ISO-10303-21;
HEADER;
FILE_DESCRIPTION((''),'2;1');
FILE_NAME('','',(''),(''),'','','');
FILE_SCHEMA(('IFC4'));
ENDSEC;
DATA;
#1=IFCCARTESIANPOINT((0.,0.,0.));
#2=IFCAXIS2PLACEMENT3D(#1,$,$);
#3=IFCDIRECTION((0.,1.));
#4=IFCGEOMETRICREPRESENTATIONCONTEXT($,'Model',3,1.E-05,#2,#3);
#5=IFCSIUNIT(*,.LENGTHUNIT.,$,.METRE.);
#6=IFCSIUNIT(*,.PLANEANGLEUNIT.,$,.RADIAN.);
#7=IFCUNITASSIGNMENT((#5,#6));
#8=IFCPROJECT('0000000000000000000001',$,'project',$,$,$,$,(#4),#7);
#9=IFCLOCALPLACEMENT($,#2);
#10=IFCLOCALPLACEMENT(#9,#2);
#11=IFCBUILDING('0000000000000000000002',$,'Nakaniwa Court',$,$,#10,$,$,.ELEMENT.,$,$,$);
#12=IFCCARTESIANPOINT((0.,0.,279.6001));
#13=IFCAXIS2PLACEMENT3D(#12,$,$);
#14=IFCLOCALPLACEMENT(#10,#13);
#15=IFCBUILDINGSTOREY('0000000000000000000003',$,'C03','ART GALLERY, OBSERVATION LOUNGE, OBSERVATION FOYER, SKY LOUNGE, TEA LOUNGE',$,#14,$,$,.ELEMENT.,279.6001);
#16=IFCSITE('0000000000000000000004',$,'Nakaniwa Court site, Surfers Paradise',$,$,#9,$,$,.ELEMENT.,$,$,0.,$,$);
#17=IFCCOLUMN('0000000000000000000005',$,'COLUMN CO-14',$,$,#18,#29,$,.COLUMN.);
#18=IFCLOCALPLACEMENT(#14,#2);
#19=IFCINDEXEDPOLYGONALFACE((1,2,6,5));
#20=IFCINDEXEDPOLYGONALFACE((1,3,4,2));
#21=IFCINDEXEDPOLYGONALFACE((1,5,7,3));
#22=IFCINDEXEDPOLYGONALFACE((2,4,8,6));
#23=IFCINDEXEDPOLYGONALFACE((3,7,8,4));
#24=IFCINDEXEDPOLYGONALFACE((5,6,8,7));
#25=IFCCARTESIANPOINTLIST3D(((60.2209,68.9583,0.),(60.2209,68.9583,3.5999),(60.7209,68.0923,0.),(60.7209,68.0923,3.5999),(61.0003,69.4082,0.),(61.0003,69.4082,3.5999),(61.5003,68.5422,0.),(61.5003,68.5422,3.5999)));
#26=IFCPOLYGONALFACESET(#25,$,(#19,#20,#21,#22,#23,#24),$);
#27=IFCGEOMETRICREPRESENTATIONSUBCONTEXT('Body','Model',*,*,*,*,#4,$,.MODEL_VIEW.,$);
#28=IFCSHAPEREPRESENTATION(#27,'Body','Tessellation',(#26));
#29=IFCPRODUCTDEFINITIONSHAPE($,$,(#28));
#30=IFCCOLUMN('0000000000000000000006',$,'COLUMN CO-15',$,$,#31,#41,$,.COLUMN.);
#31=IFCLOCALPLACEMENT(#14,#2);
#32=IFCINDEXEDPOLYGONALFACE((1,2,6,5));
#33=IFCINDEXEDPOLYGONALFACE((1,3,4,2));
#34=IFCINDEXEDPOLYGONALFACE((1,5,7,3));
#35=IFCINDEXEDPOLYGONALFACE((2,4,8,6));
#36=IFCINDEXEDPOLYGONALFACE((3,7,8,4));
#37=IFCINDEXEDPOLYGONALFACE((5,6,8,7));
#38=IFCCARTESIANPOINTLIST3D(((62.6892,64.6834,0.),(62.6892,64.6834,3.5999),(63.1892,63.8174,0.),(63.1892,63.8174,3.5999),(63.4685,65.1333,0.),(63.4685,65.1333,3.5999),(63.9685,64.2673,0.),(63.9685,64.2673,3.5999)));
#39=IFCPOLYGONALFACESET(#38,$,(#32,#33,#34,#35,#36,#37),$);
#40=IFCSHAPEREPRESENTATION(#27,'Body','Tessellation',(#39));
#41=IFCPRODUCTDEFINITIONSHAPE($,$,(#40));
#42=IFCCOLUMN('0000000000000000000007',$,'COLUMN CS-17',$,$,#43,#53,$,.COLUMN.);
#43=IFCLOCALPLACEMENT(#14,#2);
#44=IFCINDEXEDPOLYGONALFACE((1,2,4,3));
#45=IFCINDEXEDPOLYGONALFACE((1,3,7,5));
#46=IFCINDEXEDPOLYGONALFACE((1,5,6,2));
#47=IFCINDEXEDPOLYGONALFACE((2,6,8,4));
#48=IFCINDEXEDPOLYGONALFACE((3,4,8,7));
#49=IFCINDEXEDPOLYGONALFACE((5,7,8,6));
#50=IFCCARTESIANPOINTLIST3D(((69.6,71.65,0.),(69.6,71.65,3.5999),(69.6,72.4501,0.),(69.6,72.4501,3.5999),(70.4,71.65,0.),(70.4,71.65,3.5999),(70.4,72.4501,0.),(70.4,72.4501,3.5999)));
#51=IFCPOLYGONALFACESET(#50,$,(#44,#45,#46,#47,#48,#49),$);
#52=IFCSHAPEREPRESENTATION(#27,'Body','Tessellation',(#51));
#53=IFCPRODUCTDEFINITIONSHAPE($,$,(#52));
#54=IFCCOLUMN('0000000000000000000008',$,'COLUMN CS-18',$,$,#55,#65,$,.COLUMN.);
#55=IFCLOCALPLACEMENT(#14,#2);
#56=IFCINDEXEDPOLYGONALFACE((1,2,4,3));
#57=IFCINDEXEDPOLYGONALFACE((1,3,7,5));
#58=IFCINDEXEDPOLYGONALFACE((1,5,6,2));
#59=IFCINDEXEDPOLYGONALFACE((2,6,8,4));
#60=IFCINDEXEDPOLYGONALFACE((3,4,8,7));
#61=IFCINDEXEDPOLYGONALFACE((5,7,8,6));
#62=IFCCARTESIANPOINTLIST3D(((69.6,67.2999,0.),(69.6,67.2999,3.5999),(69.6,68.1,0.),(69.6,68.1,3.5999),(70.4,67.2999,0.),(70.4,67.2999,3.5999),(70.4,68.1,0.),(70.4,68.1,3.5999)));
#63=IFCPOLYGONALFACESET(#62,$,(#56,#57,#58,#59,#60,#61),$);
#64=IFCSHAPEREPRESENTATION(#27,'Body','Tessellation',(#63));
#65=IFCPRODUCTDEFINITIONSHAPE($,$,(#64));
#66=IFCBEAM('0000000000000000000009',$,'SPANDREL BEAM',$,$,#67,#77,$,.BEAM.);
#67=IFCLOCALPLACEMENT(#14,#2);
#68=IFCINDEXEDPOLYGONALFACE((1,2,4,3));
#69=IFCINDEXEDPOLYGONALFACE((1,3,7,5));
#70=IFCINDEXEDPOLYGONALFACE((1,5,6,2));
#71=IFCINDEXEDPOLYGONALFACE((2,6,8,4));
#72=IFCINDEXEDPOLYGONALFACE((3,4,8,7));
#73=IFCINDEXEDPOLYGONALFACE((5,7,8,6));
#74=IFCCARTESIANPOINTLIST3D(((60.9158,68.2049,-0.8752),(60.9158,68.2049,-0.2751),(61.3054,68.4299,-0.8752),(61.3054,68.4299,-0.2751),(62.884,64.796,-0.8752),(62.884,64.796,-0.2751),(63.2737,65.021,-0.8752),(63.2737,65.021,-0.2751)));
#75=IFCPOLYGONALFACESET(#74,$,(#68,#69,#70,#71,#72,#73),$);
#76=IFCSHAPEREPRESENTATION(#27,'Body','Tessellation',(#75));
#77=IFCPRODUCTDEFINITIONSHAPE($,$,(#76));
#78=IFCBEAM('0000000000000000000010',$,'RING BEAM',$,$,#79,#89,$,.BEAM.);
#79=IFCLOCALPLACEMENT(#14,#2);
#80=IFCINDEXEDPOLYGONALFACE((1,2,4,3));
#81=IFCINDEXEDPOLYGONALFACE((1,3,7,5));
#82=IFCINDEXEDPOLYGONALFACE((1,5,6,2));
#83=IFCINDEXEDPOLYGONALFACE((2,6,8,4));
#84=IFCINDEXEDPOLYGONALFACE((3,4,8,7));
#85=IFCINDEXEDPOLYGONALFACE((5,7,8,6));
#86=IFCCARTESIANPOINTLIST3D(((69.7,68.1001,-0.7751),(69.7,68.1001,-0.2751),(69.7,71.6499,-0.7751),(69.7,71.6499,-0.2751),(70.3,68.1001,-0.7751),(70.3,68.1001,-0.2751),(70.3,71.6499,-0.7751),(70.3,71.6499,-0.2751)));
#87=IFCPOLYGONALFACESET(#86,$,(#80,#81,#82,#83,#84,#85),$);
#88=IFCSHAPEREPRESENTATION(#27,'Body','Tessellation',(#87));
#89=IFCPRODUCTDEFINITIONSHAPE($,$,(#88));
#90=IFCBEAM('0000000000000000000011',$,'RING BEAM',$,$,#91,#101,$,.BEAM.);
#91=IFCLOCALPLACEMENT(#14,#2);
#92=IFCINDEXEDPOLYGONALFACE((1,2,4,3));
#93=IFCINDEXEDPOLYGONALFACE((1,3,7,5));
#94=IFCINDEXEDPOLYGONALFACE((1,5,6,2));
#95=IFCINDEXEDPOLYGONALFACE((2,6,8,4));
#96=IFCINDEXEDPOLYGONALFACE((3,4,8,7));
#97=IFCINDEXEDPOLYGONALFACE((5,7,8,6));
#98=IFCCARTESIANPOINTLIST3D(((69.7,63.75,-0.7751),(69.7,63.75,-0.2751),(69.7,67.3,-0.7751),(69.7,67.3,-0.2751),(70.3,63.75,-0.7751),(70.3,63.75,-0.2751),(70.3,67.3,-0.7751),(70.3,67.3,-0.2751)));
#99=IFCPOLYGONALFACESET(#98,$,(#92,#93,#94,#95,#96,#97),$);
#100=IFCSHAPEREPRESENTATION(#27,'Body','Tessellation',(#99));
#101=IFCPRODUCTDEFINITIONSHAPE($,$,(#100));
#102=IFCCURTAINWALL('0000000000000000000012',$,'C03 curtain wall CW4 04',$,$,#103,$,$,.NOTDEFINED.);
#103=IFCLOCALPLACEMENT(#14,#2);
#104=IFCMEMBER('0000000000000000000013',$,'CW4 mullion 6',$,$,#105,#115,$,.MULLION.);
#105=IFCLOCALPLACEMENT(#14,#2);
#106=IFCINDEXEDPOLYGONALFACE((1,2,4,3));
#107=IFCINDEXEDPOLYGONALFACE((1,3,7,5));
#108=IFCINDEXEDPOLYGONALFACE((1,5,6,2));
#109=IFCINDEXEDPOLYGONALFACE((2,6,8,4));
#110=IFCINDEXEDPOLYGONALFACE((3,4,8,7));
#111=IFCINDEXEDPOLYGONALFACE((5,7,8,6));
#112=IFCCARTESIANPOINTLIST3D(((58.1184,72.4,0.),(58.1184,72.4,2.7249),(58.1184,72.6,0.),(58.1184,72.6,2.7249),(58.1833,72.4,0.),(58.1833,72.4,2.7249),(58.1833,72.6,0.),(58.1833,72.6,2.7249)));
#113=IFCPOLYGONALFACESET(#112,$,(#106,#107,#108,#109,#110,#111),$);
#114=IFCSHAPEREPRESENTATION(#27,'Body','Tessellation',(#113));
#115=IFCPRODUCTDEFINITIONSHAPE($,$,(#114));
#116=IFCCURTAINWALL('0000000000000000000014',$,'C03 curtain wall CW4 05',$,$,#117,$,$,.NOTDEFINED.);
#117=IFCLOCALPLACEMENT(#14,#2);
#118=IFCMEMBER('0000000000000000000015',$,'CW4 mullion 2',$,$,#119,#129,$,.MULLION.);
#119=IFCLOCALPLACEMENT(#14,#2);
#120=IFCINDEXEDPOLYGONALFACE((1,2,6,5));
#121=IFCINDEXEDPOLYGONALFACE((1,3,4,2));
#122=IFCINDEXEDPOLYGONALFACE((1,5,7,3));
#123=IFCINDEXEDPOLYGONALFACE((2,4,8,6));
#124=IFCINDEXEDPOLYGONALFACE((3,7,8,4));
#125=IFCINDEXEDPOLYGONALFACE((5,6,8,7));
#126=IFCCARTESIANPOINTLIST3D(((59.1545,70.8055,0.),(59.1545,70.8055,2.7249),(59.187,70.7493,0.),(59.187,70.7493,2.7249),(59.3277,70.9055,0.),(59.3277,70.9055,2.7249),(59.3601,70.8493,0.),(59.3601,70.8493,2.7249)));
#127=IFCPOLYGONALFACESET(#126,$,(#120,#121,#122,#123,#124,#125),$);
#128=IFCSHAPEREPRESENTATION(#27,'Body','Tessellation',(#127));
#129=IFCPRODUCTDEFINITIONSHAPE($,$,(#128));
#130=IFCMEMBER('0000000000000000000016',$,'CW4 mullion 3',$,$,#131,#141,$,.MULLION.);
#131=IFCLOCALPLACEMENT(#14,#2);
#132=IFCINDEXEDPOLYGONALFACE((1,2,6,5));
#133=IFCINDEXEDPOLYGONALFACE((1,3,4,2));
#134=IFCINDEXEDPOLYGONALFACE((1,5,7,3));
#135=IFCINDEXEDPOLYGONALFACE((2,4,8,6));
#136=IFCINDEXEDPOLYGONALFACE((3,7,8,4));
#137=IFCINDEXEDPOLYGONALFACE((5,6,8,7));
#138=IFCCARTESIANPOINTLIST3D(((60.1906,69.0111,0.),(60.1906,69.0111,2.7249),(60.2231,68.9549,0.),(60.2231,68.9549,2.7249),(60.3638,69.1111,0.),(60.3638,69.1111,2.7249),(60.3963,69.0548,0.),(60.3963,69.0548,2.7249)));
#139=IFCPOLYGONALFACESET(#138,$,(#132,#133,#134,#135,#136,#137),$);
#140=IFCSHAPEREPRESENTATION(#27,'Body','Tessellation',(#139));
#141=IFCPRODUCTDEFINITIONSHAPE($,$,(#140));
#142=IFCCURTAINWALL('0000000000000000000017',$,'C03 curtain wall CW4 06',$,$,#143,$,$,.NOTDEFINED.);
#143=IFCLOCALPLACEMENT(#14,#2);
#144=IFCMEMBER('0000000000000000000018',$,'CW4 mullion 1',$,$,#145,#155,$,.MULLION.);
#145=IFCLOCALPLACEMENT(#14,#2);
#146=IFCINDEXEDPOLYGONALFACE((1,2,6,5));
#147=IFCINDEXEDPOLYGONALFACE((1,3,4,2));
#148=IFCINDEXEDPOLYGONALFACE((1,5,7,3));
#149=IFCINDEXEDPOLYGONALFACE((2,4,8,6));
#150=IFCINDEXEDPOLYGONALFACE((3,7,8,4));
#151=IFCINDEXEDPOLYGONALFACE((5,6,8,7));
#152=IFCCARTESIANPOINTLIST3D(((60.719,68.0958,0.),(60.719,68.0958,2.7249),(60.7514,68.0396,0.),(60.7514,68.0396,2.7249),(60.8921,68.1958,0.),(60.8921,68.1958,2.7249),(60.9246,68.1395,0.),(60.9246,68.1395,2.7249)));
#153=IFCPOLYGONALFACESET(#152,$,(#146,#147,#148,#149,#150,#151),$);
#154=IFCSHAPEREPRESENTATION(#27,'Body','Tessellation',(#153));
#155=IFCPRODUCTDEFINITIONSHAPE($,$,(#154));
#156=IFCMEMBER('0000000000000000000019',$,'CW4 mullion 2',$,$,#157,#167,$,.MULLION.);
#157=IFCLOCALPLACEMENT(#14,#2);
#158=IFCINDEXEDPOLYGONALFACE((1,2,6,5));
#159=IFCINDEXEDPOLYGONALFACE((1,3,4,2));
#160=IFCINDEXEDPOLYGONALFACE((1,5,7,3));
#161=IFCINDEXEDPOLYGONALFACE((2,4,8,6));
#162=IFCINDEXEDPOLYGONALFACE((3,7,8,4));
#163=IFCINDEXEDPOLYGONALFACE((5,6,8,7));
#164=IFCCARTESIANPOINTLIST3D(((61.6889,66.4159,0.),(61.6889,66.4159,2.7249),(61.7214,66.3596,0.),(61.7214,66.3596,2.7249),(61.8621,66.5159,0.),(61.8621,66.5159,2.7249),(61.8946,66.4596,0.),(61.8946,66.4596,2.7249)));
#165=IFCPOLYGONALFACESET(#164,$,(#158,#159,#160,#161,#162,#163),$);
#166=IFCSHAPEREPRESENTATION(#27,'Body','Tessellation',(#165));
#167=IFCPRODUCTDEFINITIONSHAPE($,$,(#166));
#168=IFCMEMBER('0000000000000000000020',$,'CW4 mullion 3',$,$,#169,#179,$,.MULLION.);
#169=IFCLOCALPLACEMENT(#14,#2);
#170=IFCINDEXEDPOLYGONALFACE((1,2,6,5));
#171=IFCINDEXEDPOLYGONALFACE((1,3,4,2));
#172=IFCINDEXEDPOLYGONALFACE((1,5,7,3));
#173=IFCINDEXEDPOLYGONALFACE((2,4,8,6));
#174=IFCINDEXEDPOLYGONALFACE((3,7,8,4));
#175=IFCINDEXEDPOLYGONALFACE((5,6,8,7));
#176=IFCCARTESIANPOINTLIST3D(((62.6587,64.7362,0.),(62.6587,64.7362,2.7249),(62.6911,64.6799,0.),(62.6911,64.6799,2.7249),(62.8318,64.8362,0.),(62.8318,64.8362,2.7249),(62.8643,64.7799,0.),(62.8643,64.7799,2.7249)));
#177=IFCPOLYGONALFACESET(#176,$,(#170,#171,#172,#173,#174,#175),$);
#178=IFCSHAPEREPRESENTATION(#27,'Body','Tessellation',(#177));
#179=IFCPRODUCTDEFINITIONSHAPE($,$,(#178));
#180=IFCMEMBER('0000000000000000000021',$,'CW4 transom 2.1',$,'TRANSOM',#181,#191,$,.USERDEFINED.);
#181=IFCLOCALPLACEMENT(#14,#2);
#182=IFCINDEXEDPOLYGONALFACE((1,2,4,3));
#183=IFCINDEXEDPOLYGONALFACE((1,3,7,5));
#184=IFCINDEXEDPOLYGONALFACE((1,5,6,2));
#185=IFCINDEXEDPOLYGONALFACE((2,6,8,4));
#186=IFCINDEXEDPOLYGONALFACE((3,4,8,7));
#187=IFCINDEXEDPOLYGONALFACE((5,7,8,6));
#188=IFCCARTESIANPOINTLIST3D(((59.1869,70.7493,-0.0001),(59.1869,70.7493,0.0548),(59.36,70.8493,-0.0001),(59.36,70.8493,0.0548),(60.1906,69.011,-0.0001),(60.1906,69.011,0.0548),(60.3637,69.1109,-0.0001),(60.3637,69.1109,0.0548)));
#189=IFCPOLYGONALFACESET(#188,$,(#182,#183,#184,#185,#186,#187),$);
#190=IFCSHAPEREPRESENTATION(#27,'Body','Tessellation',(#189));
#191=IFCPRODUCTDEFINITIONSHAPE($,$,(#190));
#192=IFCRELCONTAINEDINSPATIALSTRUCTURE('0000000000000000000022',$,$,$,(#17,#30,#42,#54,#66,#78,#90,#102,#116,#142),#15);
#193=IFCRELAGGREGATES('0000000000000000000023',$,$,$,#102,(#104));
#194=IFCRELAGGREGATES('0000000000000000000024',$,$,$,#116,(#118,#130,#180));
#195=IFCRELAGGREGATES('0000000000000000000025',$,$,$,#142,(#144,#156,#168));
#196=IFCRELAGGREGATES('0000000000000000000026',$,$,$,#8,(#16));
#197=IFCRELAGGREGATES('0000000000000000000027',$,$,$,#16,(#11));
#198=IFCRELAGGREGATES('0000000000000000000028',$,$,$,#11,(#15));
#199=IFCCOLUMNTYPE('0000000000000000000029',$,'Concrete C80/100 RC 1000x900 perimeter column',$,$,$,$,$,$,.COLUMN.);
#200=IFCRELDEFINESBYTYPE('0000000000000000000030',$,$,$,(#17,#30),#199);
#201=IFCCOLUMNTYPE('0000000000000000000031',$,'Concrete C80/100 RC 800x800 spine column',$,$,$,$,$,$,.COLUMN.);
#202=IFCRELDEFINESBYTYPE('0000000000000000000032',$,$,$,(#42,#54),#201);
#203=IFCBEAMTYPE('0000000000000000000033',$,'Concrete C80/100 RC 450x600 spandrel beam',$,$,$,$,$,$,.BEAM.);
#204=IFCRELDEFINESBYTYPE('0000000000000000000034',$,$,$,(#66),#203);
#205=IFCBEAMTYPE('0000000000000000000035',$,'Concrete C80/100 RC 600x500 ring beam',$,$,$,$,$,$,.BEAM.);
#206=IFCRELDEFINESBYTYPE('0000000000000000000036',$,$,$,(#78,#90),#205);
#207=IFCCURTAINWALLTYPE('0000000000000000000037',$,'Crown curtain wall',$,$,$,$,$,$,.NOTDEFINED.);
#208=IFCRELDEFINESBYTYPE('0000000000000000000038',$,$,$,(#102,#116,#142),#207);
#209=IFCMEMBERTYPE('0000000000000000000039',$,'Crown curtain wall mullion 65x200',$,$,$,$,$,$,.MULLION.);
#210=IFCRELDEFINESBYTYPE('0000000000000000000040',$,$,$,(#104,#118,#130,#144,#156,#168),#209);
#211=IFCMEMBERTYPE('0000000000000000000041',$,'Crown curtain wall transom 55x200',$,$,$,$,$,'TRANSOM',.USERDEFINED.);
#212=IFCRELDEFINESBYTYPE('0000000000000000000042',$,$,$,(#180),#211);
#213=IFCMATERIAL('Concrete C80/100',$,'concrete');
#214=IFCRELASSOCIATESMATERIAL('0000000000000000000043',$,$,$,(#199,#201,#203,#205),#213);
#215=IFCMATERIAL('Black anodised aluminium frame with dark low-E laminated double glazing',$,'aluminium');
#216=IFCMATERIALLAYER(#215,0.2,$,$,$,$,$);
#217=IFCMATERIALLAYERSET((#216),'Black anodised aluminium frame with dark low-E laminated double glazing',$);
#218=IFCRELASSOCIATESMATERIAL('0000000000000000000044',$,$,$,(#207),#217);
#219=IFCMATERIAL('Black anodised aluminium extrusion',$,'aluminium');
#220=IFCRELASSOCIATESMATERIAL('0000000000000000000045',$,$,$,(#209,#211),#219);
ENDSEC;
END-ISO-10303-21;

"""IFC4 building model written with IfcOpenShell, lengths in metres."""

from ifc_helpers import new_model, si_unit, direction, frame, origin, origin_2d, place, context, subcontext, project, spatial, rectangle, extrude, material, layer, layer_set, material_profile, profile_set, type_object, element, aggregate, save


model = new_model("IFC4")

# Units and contexts
model_context = context("Model", 3, precision=1e-05, world=origin(), true_north=direction((0.0, 1.0)))
body_context = subcontext(model_context, "Body", "Model", "MODEL_VIEW")
ifc_project = project(units=[si_unit("LENGTHUNIT", "METRE"), si_unit("PLANEANGLEUNIT", "RADIAN")], contexts=[model_context])

# Site, building, storey
site_placement = place(None, origin())
site = spatial("IfcSite", under=ifc_project, at=site_placement, Name="Nakaniwa Court site, Surfers Paradise", CompositionType="ELEMENT", RefElevation=0.0)
building_placement = place(site_placement, origin())
building = spatial("IfcBuilding", under=site, at=building_placement, Name="Nakaniwa Court", CompositionType="ELEMENT")
storey_placement = place(building_placement, frame((0.0, 0.0, 279.6001)))
storey = spatial("IfcBuildingStorey", under=building, at=storey_placement, Name="C03", Description="ART GALLERY, OBSERVATION LOUNGE, OBSERVATION FOYER, SKY LOUNGE, TEA LOUNGE", CompositionType="ELEMENT", Elevation=279.6001)

# Columns
ifc_material_1 = material(Name="Concrete C80/100", Category="concrete")
ifc_material_profile_1 = material_profile(ifc_material_1, rectangle(XDim=1.0, YDim=0.8999, at=origin_2d()), Name="Concrete C80/100 RC 1000x900 perimeter column")
ifc_profile_set_1 = profile_set([ifc_material_profile_1], Name="Concrete C80/100")
column_type_1 = type_object("IfcColumnType", Name="Concrete C80/100 RC 1000x900 perimeter column", PredefinedType="COLUMN", material=ifc_profile_set_1)
for number, where, z_axis, x_axis, name in (
    (1, (60.8606, 68.7502, 0.0), (0.0, 0.0, 1.0), (0.5, -0.866025, 0.0), "COLUMN CO-14"),
    (2, (63.3289, 64.4753, 0.0), (0.0, 0.0, 1.0), (0.5, -0.866025, 0.0), "COLUMN CO-15"),
):
    element("IfcColumn", number, at=place(storey_placement, frame(where, z_axis=z_axis, x_axis=x_axis)), inside=storey, type_object=column_type_1, Name=name, PredefinedType="COLUMN", context=body_context, shape_type="SweptSolid", body=[
        extrude(rectangle(XDim=1.0, YDim=0.8999, at=origin_2d()), origin(), (0.0, 0.0, 1.0), 3.5999),
    ])
ifc_material_profile_2 = material_profile(ifc_material_1, rectangle(XDim=0.8, YDim=0.8, at=origin_2d()), Name="Concrete C80/100 RC 800x800 spine column")
ifc_profile_set_2 = profile_set([ifc_material_profile_2], Name="Concrete C80/100")
column_type_2 = type_object("IfcColumnType", Name="Concrete C80/100 RC 800x800 spine column", PredefinedType="COLUMN", material=ifc_profile_set_2)
for number, where, z_axis, x_axis, name in (
    (3, (70.0, 72.05, 0.0), (0.0, 0.0, 1.0), (0.0, -1.0, 0.0), "COLUMN CS-17"),
    (4, (70.0, 67.7, 0.0), (0.0, 0.0, 1.0), (0.0, -1.0, 0.0), "COLUMN CS-18"),
):
    element("IfcColumn", number, at=place(storey_placement, frame(where, z_axis=z_axis, x_axis=x_axis)), inside=storey, type_object=column_type_2, Name=name, PredefinedType="COLUMN", context=body_context, shape_type="SweptSolid", body=[
        extrude(rectangle(XDim=0.8, YDim=0.8, at=origin_2d()), origin(), (0.0, 0.0, 1.0), 3.5999),
    ])

# Beams
ifc_material_profile_3 = material_profile(ifc_material_1, rectangle(XDim=0.45, YDim=0.6001, at=origin_2d()), Name="Concrete C80/100 RC 450x600 spandrel beam")
ifc_profile_set_3 = profile_set([ifc_material_profile_3], Name="Concrete C80/100")
beam_type_1 = type_object("IfcBeamType", Name="Concrete C80/100 RC 450x600 spandrel beam", PredefinedType="BEAM", material=ifc_profile_set_3)
beam_1_placement = place(storey_placement, frame((61.1106, 68.3174, -0.5752), z_axis=(0.500021, -0.866013, 0.0), x_axis=(0.866013, 0.500021, 0.0)))
element("IfcBeam", 5, at=beam_1_placement, inside=storey, type_object=beam_type_1, Name="SPANDREL BEAM", PredefinedType="BEAM", context=body_context, shape_type="SweptSolid", body=[
    extrude(rectangle(XDim=0.45, YDim=0.6001, at=origin_2d()), origin(), (0.0, 0.0, 1.0), 3.9363),
])
ifc_material_profile_4 = material_profile(ifc_material_1, rectangle(XDim=0.6001, YDim=0.5, at=origin_2d()), Name="Concrete C80/100 RC 600x500 ring beam")
ifc_profile_set_4 = profile_set([ifc_material_profile_4], Name="Concrete C80/100")
beam_type_2 = type_object("IfcBeamType", Name="Concrete C80/100 RC 600x500 ring beam", PredefinedType="BEAM", material=ifc_profile_set_4)
beam_2_placement = place(storey_placement, frame((70.0, 71.6499, -0.5251), z_axis=(0.0, -1.0, 0.0), x_axis=(1.0, 0.0, 0.0)))
element("IfcBeam", 6, at=beam_2_placement, inside=storey, type_object=beam_type_2, Name="RING BEAM", PredefinedType="BEAM", context=body_context, shape_type="SweptSolid", body=[
    extrude(rectangle(XDim=0.6001, YDim=0.5, at=origin_2d()), origin(), (0.0, 0.0, 1.0), 3.5498),
])
beam_3_placement = place(storey_placement, frame((70.0, 67.3, -0.5251), z_axis=(0.0, -1.0, 0.0), x_axis=(1.0, 0.0, 0.0)))
element("IfcBeam", 7, at=beam_3_placement, inside=storey, type_object=beam_type_2, Name="RING BEAM", PredefinedType="BEAM", context=body_context, shape_type="SweptSolid", body=[
    extrude(rectangle(XDim=0.6001, YDim=0.5, at=origin_2d()), origin(), (0.0, 0.0, 1.0), 3.55),
])

# Curtain wall, member
ifc_material_2 = material(Name="Black anodised aluminium frame with dark low-E laminated double glazing", Category="aluminium")
ifc_layer_1 = layer(ifc_material_2, 0.2)
ifc_layer_set_1 = layer_set([ifc_layer_1], Name="Black anodised aluminium frame with dark low-E laminated double glazing")
curtain_wall_type = type_object("IfcCurtainWallType", Name="Crown curtain wall", PredefinedType="NOTDEFINED", material=ifc_layer_set_1)
curtain_wall_1_placement = place(storey_placement, origin())
curtain_wall_1 = element("IfcCurtainWall", 8, at=curtain_wall_1_placement, inside=storey, type_object=curtain_wall_type, Name="C03 curtain wall CW4 04", PredefinedType="NOTDEFINED")
ifc_material_3 = material(Name="Black anodised aluminium extrusion", Category="aluminium")
ifc_material_profile_5 = material_profile(ifc_material_3, rectangle(XDim=0.2, YDim=0.0649, at=origin_2d()), Name="Crown curtain wall mullion 65x200")
ifc_profile_set_5 = profile_set([ifc_material_profile_5], Name="Black anodised aluminium extrusion")
member_type_1 = type_object("IfcMemberType", Name="Crown curtain wall mullion 65x200", PredefinedType="MULLION", material=ifc_profile_set_5)
member_1_placement = place(storey_placement, frame((58.1509, 72.5, 0.0), z_axis=(0.0, 0.0, 1.0), x_axis=(0.0, -1.0, 0.0)))
member_1 = element("IfcMember", 9, at=member_1_placement, type_object=member_type_1, Name="CW4 mullion 6", PredefinedType="MULLION", context=body_context, shape_type="SweptSolid", body=[
    extrude(rectangle(XDim=0.2, YDim=0.0649, at=origin_2d()), origin(), (0.0, 0.0, 1.0), 2.7249),
])

# Curtain walls, members
curtain_wall_2_placement = place(storey_placement, origin())
curtain_wall_2 = element("IfcCurtainWall", 10, at=curtain_wall_2_placement, inside=storey, type_object=curtain_wall_type, Name="C03 curtain wall CW4 05", PredefinedType="NOTDEFINED")
member_2_placement = place(storey_placement, frame((59.2573, 70.8274, 0.0), z_axis=(0.0, 0.0, 1.0), x_axis=(0.866021, 0.500008, 0.0)))
member_2 = element("IfcMember", 11, at=member_2_placement, type_object=member_type_1, Name="CW4 mullion 2", PredefinedType="MULLION", context=body_context, shape_type="SweptSolid", body=[
    extrude(rectangle(XDim=0.2, YDim=0.0649, at=origin_2d()), origin(), (0.0, 0.0, 1.0), 2.7249),
])
member_3_placement = place(storey_placement, frame((60.2935, 69.033, 0.0), z_axis=(0.0, 0.0, 1.0), x_axis=(0.866021, 0.500008, 0.0)))
member_3 = element("IfcMember", 12, at=member_3_placement, type_object=member_type_1, Name="CW4 mullion 3", PredefinedType="MULLION", context=body_context, shape_type="SweptSolid", body=[
    extrude(rectangle(XDim=0.2, YDim=0.0649, at=origin_2d()), origin(), (0.0, 0.0, 1.0), 2.7249),
])
curtain_wall_3_placement = place(storey_placement, origin())
curtain_wall_3 = element("IfcCurtainWall", 13, at=curtain_wall_3_placement, inside=storey, type_object=curtain_wall_type, Name="C03 curtain wall CW4 06", PredefinedType="NOTDEFINED")
member_4_placement = place(storey_placement, frame((60.8218, 68.1177, 0.0), z_axis=(0.0, 0.0, 1.0), x_axis=(0.866033, 0.499987, 0.0)))
member_4 = element("IfcMember", 14, at=member_4_placement, type_object=member_type_1, Name="CW4 mullion 1", PredefinedType="MULLION", context=body_context, shape_type="SweptSolid", body=[
    extrude(rectangle(XDim=0.2, YDim=0.0649, at=origin_2d()), origin(), (0.0, 0.0, 1.0), 2.7249),
])
member_5_placement = place(storey_placement, frame((61.7917, 66.4377, 0.0), z_axis=(0.0, 0.0, 1.0), x_axis=(0.866033, 0.499987, 0.0)))
member_5 = element("IfcMember", 15, at=member_5_placement, type_object=member_type_1, Name="CW4 mullion 2", PredefinedType="MULLION", context=body_context, shape_type="SweptSolid", body=[
    extrude(rectangle(XDim=0.2, YDim=0.0649, at=origin_2d()), origin(), (0.0, 0.0, 1.0), 2.7249),
])
member_6_placement = place(storey_placement, frame((62.7615, 64.7581, 0.0), z_axis=(0.0, 0.0, 1.0), x_axis=(0.866033, 0.499987, 0.0)))
member_6 = element("IfcMember", 16, at=member_6_placement, type_object=member_type_1, Name="CW4 mullion 3", PredefinedType="MULLION", context=body_context, shape_type="SweptSolid", body=[
    extrude(rectangle(XDim=0.2, YDim=0.0649, at=origin_2d()), origin(), (0.0, 0.0, 1.0), 2.7249),
])

# Member
ifc_material_profile_6 = material_profile(ifc_material_3, rectangle(XDim=0.2, YDim=0.0549, at=origin_2d()), Name="Crown curtain wall transom 55x200")
ifc_profile_set_6 = profile_set([ifc_material_profile_6], Name="Black anodised aluminium extrusion")
member_type_2 = type_object("IfcMemberType", Name="Crown curtain wall transom 55x200", ElementType="TRANSOM", PredefinedType="USERDEFINED", material=ifc_profile_set_6)
member_7_placement = place(storey_placement, frame((59.2734, 70.7993, 0.0273), z_axis=(0.500024, -0.866011, 0.0), x_axis=(0.866011, 0.500024, 0.0)))
member_7 = element("IfcMember", 17, at=member_7_placement, type_object=member_type_2, Name="CW4 transom 2.1", ObjectType="TRANSOM", PredefinedType="USERDEFINED", context=body_context, shape_type="SweptSolid", body=[
    extrude(rectangle(XDim=0.2, YDim=0.0549, at=origin_2d()), origin(), (0.0, 0.0, 1.0), 2.0073),
])

aggregate(curtain_wall_1, [member_1])
aggregate(curtain_wall_2, [member_2, member_3, member_7])
aggregate(curtain_wall_3, [member_4, member_5, member_6])

save(model, "model.ifc")
